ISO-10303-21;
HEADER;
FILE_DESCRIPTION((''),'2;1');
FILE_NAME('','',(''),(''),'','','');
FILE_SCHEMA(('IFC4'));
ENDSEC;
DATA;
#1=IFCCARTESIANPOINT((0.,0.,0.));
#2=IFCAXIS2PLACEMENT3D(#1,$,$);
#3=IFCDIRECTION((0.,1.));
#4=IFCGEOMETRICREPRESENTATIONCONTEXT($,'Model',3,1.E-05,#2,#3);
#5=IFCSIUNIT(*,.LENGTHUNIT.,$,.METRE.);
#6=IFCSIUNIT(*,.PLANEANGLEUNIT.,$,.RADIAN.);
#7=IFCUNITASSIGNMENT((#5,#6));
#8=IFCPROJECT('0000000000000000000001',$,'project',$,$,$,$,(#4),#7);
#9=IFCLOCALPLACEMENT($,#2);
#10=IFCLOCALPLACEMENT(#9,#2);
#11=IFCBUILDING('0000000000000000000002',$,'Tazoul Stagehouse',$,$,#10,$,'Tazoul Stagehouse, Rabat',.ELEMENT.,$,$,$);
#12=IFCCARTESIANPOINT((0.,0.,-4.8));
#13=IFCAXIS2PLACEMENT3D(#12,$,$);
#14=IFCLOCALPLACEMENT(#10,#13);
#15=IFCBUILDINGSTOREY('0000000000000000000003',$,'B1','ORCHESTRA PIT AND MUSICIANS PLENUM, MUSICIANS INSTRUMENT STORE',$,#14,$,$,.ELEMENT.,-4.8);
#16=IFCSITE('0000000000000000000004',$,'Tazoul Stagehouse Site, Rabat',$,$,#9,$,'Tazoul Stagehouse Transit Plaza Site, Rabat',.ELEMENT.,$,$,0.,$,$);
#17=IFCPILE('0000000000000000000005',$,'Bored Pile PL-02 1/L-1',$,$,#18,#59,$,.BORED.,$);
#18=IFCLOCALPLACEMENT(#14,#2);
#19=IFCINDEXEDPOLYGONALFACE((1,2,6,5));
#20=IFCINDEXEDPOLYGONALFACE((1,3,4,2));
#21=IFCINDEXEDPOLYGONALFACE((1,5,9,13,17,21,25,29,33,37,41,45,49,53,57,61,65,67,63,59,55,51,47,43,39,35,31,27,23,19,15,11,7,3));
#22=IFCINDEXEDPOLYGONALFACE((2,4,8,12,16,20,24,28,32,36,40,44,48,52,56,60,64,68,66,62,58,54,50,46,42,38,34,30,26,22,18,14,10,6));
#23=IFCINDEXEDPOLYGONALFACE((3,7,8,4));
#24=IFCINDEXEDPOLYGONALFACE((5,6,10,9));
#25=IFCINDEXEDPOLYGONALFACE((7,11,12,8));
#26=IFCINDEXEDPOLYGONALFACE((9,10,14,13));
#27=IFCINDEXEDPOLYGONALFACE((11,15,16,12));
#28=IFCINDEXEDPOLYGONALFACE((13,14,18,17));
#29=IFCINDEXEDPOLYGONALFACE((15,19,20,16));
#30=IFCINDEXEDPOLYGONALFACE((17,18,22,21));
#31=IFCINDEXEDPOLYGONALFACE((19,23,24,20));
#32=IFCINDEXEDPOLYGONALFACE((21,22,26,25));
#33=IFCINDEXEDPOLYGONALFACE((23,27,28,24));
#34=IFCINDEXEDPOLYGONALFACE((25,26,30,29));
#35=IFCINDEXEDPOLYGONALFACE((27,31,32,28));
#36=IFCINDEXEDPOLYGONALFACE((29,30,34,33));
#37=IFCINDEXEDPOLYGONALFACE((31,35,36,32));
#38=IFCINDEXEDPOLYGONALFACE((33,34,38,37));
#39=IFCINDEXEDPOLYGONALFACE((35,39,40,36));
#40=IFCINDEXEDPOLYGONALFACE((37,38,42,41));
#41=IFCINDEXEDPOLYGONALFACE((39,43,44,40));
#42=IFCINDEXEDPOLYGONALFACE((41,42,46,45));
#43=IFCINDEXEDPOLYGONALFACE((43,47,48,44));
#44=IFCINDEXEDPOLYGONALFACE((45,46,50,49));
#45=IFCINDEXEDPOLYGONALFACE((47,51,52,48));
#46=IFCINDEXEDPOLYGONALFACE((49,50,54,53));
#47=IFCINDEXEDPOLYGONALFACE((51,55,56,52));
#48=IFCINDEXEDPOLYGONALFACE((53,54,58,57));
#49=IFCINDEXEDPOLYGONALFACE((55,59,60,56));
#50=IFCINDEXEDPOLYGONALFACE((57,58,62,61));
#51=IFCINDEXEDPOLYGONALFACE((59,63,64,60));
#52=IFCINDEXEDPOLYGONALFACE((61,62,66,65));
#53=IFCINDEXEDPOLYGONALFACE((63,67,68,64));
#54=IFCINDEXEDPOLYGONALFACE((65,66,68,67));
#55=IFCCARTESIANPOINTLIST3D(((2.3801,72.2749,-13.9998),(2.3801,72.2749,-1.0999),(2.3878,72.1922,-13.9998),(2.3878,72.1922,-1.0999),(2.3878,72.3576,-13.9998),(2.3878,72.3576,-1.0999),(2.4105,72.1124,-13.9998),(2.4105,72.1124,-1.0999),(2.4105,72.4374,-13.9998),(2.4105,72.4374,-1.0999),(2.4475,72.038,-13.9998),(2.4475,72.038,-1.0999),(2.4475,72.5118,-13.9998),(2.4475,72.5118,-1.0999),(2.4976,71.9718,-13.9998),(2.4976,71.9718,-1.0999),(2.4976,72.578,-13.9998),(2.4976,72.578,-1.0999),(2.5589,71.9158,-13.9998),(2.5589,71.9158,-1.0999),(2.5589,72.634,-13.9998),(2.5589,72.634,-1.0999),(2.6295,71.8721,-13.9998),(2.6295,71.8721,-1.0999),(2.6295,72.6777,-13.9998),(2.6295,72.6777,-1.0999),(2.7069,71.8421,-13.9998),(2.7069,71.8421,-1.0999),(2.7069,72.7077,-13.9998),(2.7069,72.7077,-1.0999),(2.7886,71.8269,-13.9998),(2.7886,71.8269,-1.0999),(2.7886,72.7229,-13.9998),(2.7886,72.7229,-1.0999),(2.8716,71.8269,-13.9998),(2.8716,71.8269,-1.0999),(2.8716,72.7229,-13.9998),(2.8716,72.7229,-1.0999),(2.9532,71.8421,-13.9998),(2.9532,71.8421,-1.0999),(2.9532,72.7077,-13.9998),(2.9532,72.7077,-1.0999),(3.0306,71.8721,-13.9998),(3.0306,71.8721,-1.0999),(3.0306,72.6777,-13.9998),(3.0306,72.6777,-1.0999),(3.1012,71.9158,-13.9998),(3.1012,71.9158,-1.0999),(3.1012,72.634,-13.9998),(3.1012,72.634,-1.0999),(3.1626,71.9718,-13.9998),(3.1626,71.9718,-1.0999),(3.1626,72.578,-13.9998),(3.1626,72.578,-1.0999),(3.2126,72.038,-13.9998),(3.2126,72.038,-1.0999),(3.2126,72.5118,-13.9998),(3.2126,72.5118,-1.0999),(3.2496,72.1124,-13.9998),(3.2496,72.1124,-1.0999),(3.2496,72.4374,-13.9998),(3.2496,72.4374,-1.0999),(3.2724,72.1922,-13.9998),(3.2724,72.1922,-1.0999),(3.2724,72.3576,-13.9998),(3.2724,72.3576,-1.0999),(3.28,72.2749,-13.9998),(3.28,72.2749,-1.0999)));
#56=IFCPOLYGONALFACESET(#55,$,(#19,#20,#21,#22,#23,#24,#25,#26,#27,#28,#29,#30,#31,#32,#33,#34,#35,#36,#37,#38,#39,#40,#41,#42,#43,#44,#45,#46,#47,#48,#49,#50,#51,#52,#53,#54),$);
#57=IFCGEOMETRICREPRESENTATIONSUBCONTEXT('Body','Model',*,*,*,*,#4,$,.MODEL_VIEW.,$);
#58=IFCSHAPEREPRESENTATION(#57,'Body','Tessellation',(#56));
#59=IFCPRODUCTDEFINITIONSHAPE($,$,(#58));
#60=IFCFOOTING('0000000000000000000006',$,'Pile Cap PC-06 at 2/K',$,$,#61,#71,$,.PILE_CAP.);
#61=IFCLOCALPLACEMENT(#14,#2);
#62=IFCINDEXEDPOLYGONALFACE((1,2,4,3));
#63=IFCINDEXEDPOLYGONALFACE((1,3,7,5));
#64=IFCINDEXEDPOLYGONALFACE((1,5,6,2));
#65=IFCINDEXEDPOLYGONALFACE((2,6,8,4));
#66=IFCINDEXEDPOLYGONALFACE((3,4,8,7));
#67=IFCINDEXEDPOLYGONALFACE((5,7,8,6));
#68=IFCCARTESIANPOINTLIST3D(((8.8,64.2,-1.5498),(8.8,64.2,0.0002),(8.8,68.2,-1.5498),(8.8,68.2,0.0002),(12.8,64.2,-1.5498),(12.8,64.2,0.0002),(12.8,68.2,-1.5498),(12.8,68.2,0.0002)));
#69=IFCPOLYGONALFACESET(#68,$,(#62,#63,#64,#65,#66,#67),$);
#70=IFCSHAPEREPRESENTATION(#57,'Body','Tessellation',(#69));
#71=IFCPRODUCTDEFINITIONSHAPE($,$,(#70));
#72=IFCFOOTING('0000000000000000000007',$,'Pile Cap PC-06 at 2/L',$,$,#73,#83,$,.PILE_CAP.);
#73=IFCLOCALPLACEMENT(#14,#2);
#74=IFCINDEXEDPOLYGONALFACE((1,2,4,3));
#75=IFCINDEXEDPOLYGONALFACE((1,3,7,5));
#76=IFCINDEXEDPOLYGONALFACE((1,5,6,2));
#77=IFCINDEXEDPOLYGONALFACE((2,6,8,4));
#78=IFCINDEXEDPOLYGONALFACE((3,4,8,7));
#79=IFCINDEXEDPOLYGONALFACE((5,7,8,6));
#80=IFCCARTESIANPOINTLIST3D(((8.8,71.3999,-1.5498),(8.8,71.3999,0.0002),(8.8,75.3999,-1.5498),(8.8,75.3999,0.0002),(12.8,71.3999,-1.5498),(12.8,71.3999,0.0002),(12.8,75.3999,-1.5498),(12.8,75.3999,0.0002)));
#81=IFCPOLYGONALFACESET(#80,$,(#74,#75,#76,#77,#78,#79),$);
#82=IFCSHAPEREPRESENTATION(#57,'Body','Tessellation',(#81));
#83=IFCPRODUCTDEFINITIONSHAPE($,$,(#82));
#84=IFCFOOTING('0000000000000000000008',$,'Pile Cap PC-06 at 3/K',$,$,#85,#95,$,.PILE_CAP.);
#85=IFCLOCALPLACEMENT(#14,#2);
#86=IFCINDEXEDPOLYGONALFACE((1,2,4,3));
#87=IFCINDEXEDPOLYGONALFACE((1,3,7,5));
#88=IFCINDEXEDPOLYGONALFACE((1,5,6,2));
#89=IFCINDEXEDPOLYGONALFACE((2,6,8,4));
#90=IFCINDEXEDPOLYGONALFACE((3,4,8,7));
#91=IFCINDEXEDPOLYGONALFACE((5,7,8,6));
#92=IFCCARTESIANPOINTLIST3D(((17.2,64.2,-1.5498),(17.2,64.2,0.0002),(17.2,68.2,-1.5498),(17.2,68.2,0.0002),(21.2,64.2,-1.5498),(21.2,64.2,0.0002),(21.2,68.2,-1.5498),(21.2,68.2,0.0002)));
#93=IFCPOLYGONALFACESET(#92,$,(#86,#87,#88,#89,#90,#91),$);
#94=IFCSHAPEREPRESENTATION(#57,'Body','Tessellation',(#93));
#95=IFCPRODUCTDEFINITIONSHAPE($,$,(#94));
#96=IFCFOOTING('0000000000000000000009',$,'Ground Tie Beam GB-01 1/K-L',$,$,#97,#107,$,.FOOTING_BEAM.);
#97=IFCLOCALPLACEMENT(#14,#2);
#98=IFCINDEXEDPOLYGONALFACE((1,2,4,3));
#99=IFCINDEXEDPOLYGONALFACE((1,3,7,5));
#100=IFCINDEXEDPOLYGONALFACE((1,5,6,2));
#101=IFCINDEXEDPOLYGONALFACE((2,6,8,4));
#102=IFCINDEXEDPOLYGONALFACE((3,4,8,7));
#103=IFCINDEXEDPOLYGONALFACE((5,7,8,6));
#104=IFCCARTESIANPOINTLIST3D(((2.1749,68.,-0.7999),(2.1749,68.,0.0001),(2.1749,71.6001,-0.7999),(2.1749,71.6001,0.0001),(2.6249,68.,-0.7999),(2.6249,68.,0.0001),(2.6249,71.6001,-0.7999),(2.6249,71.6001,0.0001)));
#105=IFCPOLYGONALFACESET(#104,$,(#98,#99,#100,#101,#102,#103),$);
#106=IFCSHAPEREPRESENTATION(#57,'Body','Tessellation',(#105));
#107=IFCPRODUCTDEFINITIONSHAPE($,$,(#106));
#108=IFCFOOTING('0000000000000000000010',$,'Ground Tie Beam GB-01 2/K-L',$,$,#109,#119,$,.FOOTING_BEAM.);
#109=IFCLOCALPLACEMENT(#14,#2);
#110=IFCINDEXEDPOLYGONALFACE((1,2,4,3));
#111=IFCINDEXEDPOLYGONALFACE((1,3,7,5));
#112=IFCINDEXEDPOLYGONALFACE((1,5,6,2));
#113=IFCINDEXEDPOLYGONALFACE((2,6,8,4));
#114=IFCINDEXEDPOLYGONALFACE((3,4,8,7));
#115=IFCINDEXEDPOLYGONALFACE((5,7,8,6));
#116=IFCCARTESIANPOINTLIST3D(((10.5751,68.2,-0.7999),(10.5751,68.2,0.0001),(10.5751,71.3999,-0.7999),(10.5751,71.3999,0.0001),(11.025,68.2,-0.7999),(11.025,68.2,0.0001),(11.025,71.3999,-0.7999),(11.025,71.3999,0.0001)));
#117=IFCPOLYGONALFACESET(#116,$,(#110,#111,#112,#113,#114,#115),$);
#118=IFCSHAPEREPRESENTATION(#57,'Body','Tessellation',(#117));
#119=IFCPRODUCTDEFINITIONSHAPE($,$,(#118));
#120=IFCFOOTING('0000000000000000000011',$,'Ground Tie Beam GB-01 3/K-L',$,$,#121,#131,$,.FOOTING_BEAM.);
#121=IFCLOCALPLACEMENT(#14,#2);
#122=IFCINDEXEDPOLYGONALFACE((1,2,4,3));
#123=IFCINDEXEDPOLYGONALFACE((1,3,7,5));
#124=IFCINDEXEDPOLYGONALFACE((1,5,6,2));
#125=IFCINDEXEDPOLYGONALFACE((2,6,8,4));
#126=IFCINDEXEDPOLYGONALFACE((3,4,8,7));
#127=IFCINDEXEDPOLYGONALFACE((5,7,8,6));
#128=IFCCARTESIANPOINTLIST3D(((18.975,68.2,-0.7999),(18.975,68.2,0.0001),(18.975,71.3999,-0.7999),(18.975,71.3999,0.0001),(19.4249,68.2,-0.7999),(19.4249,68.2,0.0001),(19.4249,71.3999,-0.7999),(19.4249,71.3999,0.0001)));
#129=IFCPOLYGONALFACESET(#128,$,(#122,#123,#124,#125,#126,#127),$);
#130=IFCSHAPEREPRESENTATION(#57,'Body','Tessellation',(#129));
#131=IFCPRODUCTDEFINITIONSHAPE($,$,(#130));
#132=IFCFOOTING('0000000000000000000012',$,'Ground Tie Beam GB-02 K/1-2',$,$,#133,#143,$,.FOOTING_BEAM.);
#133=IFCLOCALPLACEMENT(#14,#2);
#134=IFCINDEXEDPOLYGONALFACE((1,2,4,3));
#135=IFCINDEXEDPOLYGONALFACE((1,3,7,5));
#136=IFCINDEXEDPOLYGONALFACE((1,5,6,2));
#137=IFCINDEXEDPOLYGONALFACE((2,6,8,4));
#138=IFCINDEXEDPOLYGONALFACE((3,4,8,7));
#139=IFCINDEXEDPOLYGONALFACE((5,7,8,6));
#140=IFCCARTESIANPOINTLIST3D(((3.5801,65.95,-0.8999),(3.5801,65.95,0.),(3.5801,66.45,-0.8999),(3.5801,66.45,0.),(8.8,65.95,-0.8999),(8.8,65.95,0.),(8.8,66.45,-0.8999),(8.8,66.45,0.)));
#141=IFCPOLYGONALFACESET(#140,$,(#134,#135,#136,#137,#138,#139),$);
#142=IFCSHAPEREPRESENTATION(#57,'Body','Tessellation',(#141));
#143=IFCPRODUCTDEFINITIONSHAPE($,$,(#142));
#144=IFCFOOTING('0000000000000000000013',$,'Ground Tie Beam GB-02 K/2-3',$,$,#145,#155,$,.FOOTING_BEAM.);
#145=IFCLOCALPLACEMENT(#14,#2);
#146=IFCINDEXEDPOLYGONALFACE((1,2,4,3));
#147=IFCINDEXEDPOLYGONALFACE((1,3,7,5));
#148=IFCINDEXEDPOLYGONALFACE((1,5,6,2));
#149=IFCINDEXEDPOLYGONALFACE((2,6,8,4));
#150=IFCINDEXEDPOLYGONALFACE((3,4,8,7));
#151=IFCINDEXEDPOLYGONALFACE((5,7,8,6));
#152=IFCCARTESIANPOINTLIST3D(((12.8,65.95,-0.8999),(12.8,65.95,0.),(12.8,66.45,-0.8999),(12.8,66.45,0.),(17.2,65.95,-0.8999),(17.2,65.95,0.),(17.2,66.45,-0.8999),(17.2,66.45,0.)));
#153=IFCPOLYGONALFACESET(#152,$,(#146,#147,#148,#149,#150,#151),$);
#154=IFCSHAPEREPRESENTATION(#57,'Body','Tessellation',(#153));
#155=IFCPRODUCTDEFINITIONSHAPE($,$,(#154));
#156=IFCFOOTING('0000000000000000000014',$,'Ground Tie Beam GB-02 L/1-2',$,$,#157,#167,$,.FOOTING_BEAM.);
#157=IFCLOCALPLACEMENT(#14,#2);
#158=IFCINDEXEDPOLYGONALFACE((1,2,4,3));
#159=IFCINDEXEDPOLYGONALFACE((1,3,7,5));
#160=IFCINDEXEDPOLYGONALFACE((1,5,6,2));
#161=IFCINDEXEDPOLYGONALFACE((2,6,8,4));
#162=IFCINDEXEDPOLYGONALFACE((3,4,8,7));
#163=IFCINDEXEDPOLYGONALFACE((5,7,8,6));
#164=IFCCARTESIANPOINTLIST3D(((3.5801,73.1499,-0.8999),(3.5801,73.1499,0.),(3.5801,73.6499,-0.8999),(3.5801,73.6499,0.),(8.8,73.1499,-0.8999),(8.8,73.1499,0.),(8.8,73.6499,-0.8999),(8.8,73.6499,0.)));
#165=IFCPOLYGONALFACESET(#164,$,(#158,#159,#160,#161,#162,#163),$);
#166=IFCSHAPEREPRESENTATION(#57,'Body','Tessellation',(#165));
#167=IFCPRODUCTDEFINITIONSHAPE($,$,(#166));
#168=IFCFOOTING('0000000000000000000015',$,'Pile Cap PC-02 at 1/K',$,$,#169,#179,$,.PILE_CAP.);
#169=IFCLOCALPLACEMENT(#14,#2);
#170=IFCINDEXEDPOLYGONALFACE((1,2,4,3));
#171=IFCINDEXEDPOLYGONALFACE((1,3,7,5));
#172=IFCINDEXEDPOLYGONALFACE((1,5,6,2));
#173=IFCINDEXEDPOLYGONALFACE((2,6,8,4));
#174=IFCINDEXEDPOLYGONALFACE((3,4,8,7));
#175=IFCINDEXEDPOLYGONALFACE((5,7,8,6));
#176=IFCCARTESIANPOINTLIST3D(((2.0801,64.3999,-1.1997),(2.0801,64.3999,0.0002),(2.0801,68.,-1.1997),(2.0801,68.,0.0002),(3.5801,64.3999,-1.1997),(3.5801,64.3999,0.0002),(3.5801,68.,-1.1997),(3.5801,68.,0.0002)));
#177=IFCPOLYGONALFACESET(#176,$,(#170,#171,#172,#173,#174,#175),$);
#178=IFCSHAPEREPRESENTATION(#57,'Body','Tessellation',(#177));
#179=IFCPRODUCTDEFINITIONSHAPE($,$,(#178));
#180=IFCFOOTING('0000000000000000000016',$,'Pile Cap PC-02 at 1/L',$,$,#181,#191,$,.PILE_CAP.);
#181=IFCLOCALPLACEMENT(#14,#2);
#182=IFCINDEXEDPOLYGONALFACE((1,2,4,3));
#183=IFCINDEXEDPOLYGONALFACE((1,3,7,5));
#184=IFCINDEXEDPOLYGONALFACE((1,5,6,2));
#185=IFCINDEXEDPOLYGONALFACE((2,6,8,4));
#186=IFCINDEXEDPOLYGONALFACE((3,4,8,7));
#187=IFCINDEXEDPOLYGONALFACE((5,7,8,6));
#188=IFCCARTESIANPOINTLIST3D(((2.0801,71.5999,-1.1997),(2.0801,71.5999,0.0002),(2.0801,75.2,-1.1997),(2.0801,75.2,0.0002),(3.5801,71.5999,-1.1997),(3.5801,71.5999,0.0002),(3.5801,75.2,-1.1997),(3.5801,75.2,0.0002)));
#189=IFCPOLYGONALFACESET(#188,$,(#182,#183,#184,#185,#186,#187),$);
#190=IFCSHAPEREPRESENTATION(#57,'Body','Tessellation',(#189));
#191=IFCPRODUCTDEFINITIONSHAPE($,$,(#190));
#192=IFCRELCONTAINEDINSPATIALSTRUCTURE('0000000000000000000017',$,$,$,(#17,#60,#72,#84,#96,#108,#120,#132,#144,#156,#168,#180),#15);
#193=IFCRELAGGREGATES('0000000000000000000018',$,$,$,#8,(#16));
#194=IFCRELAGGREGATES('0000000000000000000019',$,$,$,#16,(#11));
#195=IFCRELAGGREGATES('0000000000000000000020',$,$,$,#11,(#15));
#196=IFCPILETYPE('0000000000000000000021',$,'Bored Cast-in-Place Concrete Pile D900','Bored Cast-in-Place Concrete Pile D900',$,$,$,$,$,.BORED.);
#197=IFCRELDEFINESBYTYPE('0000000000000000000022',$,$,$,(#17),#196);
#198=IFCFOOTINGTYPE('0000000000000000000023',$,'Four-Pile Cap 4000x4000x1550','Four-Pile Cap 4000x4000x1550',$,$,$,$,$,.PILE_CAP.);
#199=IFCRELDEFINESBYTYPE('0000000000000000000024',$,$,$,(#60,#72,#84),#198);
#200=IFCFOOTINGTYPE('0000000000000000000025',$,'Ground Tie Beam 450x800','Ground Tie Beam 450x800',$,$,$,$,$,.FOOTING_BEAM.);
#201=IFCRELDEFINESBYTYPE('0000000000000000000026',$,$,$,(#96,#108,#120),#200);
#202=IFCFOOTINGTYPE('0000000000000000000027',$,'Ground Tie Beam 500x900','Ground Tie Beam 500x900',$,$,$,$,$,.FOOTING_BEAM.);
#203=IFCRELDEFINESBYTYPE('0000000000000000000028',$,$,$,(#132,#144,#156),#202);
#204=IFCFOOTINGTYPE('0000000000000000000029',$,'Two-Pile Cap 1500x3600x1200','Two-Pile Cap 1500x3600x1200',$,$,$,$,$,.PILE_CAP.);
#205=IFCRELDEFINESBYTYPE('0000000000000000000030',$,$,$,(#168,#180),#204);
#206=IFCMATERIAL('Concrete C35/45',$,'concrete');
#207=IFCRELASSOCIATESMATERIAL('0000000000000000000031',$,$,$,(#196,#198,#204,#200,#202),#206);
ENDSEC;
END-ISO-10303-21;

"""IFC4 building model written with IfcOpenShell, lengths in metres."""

from ifc_helpers import new_model, si_unit, direction, frame, origin, origin_2d, place, context, subcontext, project, spatial, rectangle, circle, extrude, material, material_profile, profile_set, type_object, element, save


model = new_model("IFC4")

# Units and contexts
model_context = context("Model", 3, precision=1e-05, world=origin(), true_north=direction((0.0, 1.0)))
body_context = subcontext(model_context, "Body", "Model", "MODEL_VIEW")
ifc_project = project(units=[si_unit("LENGTHUNIT", "METRE"), si_unit("PLANEANGLEUNIT", "RADIAN")], contexts=[model_context])

# Site, building, storey
site_placement = place(None, origin())
site = spatial("IfcSite", under=ifc_project, at=site_placement, Name="Tazoul Stagehouse Site, Rabat", LongName="Tazoul Stagehouse Transit Plaza Site, Rabat", CompositionType="ELEMENT", RefElevation=0.0)
building_placement = place(site_placement, origin())
building = spatial("IfcBuilding", under=site, at=building_placement, Name="Tazoul Stagehouse", LongName="Tazoul Stagehouse, Rabat", CompositionType="ELEMENT")
storey_placement = place(building_placement, frame((0.0, 0.0, -4.8)))
storey = spatial("IfcBuildingStorey", under=building, at=storey_placement, Name="B1", Description="ORCHESTRA PIT AND MUSICIANS PLENUM, MUSICIANS INSTRUMENT STORE", CompositionType="ELEMENT", Elevation=-4.8)

# Pile
ifc_material_1 = material(Name="Concrete C35/45", Category="concrete")
ifc_material_profile_1 = material_profile(ifc_material_1, circle(Radius=0.45, at=origin_2d()), Name="BORED PILE 900")
ifc_profile_set_1 = profile_set([ifc_material_profile_1], Name="Concrete C35/45")
pile_type_1 = type_object("IfcPileType", Name="Bored Cast-in-Place Concrete Pile D900", Description="Bored Cast-in-Place Concrete Pile D900", PredefinedType="BORED", material=ifc_profile_set_1)
for number, where, z_axis, x_axis, name in (
    (1, (2.8301, 72.2749, -1.0999), (0.0, 0.0, -1.0), (1.0, 0.0, 0.0), "Bored Pile PL-02 1/L-1"),
):
    element("IfcPile", number, at=place(storey_placement, frame(where, z_axis=z_axis, x_axis=x_axis)), inside=storey, type_object=pile_type_1, Name=name, PredefinedType="BORED", context=body_context, shape_type="SweptSolid", body=[
        extrude(circle(Radius=0.45, at=origin_2d()), origin(), (0.0, 0.0, 1.0), 12.8999),
    ])

# Footings
footing_type_1 = type_object("IfcFootingType", Name="Four-Pile Cap 4000x4000x1550", Description="Four-Pile Cap 4000x4000x1550", PredefinedType="PILE_CAP", material=ifc_material_1)
for number, where, z_axis, x_axis, name in (
    (2, (10.8, 66.2, -1.5498), (0.0, 0.0, 1.0), (1.0, 0.0, 0.0), "Pile Cap PC-06 at 2/K"),
    (3, (10.8, 73.3999, -1.5498), (0.0, 0.0, 1.0), (1.0, 0.0, 0.0), "Pile Cap PC-06 at 2/L"),
    (4, (19.2, 66.2, -1.5498), (0.0, 0.0, 1.0), (1.0, 0.0, 0.0), "Pile Cap PC-06 at 3/K"),
):
    element("IfcFooting", number, at=place(storey_placement, frame(where, z_axis=z_axis, x_axis=x_axis)), inside=storey, type_object=footing_type_1, Name=name, PredefinedType="PILE_CAP", context=body_context, shape_type="SweptSolid", body=[
        extrude(rectangle(XDim=4.0, YDim=4.0, at=origin_2d()), origin(), (0.0, 0.0, 1.0), 1.55),
    ])
ifc_material_profile_2 = material_profile(ifc_material_1, rectangle(XDim=0.45, YDim=0.8, at=origin_2d()), Name="RC 450x800")
ifc_profile_set_2 = profile_set([ifc_material_profile_2], Name="Concrete C35/45")
footing_type_2 = type_object("IfcFootingType", Name="Ground Tie Beam 450x800", Description="Ground Tie Beam 450x800", PredefinedType="FOOTING_BEAM", material=ifc_profile_set_2)
footing_1_placement = place(storey_placement, frame((2.3999, 68.0, -0.3999), z_axis=(0.0, 1.0, 0.0), x_axis=(-1.0, 0.0, 0.0)))
element("IfcFooting", 5, at=footing_1_placement, inside=storey, type_object=footing_type_2, Name="Ground Tie Beam GB-01 1/K-L", PredefinedType="FOOTING_BEAM", context=body_context, shape_type="SweptSolid", body=[
    extrude(rectangle(XDim=0.45, YDim=0.8, at=origin_2d()), origin(), (0.0, 0.0, 1.0), 3.6001),
])
for number, where, z_axis, x_axis, name in (
    (6, (10.8, 68.2, -0.3999), (0.0, 1.0, 0.0), (-1.0, 0.0, 0.0), "Ground Tie Beam GB-01 2/K-L"),
    (7, (19.2, 68.2, -0.3999), (0.0, 1.0, 0.0), (-1.0, 0.0, 0.0), "Ground Tie Beam GB-01 3/K-L"),
):
    element("IfcFooting", number, at=place(storey_placement, frame(where, z_axis=z_axis, x_axis=x_axis)), inside=storey, type_object=footing_type_2, Name=name, PredefinedType="FOOTING_BEAM", context=body_context, shape_type="SweptSolid", body=[
        extrude(rectangle(XDim=0.45, YDim=0.8, at=origin_2d()), origin(), (0.0, 0.0, 1.0), 3.2),
    ])
ifc_material_profile_3 = material_profile(ifc_material_1, rectangle(XDim=0.5, YDim=0.8999, at=origin_2d()), Name="RC 500x900")
ifc_profile_set_3 = profile_set([ifc_material_profile_3], Name="Concrete C35/45")
footing_type_3 = type_object("IfcFootingType", Name="Ground Tie Beam 500x900", Description="Ground Tie Beam 500x900", PredefinedType="FOOTING_BEAM", material=ifc_profile_set_3)
footing_2_placement = place(storey_placement, frame((3.5801, 66.2, -0.45), z_axis=(1.0, 0.0, 0.0), x_axis=(0.0, 1.0, 0.0)))
element("IfcFooting", 8, at=footing_2_placement, inside=storey, type_object=footing_type_3, Name="Ground Tie Beam GB-02 K/1-2", PredefinedType="FOOTING_BEAM", context=body_context, shape_type="SweptSolid", body=[
    extrude(rectangle(XDim=0.5, YDim=0.8999, at=origin_2d()), origin(), (0.0, 0.0, 1.0), 5.22),
])
footing_3_placement = place(storey_placement, frame((12.8, 66.2, -0.45), z_axis=(1.0, 0.0, 0.0), x_axis=(0.0, 1.0, 0.0)))
element("IfcFooting", 9, at=footing_3_placement, inside=storey, type_object=footing_type_3, Name="Ground Tie Beam GB-02 K/2-3", PredefinedType="FOOTING_BEAM", context=body_context, shape_type="SweptSolid", body=[
    extrude(rectangle(XDim=0.5, YDim=0.8999, at=origin_2d()), origin(), (0.0, 0.0, 1.0), 4.3999),
])
footing_4_placement = place(storey_placement, frame((3.5801, 73.3999, -0.45), z_axis=(1.0, 0.0, 0.0), x_axis=(0.0, 1.0, 0.0)))
element("IfcFooting", 10, at=footing_4_placement, inside=storey, type_object=footing_type_3, Name="Ground Tie Beam GB-02 L/1-2", PredefinedType="FOOTING_BEAM", context=body_context, shape_type="SweptSolid", body=[
    extrude(rectangle(XDim=0.5, YDim=0.8999, at=origin_2d()), origin(), (0.0, 0.0, 1.0), 5.22),
])
footing_type_4 = type_object("IfcFootingType", Name="Two-Pile Cap 1500x3600x1200", Description="Two-Pile Cap 1500x3600x1200", PredefinedType="PILE_CAP", material=ifc_material_1)
for number, where, z_axis, x_axis, name in (
    (11, (2.8301, 66.2, -1.1997), (0.0, 0.0, 1.0), (1.0, 0.0, 0.0), "Pile Cap PC-02 at 1/K"),
    (12, (2.8301, 73.3999, -1.1997), (0.0, 0.0, 1.0), (1.0, 0.0, 0.0), "Pile Cap PC-02 at 1/L"),
):
    element("IfcFooting", number, at=place(storey_placement, frame(where, z_axis=z_axis, x_axis=x_axis)), inside=storey, type_object=footing_type_4, Name=name, PredefinedType="PILE_CAP", context=body_context, shape_type="SweptSolid", body=[
        extrude(rectangle(XDim=1.5, YDim=3.6001, at=origin_2d()), origin(), (0.0, 0.0, 1.0), 1.2),
    ])

save(model, "model.ifc")
